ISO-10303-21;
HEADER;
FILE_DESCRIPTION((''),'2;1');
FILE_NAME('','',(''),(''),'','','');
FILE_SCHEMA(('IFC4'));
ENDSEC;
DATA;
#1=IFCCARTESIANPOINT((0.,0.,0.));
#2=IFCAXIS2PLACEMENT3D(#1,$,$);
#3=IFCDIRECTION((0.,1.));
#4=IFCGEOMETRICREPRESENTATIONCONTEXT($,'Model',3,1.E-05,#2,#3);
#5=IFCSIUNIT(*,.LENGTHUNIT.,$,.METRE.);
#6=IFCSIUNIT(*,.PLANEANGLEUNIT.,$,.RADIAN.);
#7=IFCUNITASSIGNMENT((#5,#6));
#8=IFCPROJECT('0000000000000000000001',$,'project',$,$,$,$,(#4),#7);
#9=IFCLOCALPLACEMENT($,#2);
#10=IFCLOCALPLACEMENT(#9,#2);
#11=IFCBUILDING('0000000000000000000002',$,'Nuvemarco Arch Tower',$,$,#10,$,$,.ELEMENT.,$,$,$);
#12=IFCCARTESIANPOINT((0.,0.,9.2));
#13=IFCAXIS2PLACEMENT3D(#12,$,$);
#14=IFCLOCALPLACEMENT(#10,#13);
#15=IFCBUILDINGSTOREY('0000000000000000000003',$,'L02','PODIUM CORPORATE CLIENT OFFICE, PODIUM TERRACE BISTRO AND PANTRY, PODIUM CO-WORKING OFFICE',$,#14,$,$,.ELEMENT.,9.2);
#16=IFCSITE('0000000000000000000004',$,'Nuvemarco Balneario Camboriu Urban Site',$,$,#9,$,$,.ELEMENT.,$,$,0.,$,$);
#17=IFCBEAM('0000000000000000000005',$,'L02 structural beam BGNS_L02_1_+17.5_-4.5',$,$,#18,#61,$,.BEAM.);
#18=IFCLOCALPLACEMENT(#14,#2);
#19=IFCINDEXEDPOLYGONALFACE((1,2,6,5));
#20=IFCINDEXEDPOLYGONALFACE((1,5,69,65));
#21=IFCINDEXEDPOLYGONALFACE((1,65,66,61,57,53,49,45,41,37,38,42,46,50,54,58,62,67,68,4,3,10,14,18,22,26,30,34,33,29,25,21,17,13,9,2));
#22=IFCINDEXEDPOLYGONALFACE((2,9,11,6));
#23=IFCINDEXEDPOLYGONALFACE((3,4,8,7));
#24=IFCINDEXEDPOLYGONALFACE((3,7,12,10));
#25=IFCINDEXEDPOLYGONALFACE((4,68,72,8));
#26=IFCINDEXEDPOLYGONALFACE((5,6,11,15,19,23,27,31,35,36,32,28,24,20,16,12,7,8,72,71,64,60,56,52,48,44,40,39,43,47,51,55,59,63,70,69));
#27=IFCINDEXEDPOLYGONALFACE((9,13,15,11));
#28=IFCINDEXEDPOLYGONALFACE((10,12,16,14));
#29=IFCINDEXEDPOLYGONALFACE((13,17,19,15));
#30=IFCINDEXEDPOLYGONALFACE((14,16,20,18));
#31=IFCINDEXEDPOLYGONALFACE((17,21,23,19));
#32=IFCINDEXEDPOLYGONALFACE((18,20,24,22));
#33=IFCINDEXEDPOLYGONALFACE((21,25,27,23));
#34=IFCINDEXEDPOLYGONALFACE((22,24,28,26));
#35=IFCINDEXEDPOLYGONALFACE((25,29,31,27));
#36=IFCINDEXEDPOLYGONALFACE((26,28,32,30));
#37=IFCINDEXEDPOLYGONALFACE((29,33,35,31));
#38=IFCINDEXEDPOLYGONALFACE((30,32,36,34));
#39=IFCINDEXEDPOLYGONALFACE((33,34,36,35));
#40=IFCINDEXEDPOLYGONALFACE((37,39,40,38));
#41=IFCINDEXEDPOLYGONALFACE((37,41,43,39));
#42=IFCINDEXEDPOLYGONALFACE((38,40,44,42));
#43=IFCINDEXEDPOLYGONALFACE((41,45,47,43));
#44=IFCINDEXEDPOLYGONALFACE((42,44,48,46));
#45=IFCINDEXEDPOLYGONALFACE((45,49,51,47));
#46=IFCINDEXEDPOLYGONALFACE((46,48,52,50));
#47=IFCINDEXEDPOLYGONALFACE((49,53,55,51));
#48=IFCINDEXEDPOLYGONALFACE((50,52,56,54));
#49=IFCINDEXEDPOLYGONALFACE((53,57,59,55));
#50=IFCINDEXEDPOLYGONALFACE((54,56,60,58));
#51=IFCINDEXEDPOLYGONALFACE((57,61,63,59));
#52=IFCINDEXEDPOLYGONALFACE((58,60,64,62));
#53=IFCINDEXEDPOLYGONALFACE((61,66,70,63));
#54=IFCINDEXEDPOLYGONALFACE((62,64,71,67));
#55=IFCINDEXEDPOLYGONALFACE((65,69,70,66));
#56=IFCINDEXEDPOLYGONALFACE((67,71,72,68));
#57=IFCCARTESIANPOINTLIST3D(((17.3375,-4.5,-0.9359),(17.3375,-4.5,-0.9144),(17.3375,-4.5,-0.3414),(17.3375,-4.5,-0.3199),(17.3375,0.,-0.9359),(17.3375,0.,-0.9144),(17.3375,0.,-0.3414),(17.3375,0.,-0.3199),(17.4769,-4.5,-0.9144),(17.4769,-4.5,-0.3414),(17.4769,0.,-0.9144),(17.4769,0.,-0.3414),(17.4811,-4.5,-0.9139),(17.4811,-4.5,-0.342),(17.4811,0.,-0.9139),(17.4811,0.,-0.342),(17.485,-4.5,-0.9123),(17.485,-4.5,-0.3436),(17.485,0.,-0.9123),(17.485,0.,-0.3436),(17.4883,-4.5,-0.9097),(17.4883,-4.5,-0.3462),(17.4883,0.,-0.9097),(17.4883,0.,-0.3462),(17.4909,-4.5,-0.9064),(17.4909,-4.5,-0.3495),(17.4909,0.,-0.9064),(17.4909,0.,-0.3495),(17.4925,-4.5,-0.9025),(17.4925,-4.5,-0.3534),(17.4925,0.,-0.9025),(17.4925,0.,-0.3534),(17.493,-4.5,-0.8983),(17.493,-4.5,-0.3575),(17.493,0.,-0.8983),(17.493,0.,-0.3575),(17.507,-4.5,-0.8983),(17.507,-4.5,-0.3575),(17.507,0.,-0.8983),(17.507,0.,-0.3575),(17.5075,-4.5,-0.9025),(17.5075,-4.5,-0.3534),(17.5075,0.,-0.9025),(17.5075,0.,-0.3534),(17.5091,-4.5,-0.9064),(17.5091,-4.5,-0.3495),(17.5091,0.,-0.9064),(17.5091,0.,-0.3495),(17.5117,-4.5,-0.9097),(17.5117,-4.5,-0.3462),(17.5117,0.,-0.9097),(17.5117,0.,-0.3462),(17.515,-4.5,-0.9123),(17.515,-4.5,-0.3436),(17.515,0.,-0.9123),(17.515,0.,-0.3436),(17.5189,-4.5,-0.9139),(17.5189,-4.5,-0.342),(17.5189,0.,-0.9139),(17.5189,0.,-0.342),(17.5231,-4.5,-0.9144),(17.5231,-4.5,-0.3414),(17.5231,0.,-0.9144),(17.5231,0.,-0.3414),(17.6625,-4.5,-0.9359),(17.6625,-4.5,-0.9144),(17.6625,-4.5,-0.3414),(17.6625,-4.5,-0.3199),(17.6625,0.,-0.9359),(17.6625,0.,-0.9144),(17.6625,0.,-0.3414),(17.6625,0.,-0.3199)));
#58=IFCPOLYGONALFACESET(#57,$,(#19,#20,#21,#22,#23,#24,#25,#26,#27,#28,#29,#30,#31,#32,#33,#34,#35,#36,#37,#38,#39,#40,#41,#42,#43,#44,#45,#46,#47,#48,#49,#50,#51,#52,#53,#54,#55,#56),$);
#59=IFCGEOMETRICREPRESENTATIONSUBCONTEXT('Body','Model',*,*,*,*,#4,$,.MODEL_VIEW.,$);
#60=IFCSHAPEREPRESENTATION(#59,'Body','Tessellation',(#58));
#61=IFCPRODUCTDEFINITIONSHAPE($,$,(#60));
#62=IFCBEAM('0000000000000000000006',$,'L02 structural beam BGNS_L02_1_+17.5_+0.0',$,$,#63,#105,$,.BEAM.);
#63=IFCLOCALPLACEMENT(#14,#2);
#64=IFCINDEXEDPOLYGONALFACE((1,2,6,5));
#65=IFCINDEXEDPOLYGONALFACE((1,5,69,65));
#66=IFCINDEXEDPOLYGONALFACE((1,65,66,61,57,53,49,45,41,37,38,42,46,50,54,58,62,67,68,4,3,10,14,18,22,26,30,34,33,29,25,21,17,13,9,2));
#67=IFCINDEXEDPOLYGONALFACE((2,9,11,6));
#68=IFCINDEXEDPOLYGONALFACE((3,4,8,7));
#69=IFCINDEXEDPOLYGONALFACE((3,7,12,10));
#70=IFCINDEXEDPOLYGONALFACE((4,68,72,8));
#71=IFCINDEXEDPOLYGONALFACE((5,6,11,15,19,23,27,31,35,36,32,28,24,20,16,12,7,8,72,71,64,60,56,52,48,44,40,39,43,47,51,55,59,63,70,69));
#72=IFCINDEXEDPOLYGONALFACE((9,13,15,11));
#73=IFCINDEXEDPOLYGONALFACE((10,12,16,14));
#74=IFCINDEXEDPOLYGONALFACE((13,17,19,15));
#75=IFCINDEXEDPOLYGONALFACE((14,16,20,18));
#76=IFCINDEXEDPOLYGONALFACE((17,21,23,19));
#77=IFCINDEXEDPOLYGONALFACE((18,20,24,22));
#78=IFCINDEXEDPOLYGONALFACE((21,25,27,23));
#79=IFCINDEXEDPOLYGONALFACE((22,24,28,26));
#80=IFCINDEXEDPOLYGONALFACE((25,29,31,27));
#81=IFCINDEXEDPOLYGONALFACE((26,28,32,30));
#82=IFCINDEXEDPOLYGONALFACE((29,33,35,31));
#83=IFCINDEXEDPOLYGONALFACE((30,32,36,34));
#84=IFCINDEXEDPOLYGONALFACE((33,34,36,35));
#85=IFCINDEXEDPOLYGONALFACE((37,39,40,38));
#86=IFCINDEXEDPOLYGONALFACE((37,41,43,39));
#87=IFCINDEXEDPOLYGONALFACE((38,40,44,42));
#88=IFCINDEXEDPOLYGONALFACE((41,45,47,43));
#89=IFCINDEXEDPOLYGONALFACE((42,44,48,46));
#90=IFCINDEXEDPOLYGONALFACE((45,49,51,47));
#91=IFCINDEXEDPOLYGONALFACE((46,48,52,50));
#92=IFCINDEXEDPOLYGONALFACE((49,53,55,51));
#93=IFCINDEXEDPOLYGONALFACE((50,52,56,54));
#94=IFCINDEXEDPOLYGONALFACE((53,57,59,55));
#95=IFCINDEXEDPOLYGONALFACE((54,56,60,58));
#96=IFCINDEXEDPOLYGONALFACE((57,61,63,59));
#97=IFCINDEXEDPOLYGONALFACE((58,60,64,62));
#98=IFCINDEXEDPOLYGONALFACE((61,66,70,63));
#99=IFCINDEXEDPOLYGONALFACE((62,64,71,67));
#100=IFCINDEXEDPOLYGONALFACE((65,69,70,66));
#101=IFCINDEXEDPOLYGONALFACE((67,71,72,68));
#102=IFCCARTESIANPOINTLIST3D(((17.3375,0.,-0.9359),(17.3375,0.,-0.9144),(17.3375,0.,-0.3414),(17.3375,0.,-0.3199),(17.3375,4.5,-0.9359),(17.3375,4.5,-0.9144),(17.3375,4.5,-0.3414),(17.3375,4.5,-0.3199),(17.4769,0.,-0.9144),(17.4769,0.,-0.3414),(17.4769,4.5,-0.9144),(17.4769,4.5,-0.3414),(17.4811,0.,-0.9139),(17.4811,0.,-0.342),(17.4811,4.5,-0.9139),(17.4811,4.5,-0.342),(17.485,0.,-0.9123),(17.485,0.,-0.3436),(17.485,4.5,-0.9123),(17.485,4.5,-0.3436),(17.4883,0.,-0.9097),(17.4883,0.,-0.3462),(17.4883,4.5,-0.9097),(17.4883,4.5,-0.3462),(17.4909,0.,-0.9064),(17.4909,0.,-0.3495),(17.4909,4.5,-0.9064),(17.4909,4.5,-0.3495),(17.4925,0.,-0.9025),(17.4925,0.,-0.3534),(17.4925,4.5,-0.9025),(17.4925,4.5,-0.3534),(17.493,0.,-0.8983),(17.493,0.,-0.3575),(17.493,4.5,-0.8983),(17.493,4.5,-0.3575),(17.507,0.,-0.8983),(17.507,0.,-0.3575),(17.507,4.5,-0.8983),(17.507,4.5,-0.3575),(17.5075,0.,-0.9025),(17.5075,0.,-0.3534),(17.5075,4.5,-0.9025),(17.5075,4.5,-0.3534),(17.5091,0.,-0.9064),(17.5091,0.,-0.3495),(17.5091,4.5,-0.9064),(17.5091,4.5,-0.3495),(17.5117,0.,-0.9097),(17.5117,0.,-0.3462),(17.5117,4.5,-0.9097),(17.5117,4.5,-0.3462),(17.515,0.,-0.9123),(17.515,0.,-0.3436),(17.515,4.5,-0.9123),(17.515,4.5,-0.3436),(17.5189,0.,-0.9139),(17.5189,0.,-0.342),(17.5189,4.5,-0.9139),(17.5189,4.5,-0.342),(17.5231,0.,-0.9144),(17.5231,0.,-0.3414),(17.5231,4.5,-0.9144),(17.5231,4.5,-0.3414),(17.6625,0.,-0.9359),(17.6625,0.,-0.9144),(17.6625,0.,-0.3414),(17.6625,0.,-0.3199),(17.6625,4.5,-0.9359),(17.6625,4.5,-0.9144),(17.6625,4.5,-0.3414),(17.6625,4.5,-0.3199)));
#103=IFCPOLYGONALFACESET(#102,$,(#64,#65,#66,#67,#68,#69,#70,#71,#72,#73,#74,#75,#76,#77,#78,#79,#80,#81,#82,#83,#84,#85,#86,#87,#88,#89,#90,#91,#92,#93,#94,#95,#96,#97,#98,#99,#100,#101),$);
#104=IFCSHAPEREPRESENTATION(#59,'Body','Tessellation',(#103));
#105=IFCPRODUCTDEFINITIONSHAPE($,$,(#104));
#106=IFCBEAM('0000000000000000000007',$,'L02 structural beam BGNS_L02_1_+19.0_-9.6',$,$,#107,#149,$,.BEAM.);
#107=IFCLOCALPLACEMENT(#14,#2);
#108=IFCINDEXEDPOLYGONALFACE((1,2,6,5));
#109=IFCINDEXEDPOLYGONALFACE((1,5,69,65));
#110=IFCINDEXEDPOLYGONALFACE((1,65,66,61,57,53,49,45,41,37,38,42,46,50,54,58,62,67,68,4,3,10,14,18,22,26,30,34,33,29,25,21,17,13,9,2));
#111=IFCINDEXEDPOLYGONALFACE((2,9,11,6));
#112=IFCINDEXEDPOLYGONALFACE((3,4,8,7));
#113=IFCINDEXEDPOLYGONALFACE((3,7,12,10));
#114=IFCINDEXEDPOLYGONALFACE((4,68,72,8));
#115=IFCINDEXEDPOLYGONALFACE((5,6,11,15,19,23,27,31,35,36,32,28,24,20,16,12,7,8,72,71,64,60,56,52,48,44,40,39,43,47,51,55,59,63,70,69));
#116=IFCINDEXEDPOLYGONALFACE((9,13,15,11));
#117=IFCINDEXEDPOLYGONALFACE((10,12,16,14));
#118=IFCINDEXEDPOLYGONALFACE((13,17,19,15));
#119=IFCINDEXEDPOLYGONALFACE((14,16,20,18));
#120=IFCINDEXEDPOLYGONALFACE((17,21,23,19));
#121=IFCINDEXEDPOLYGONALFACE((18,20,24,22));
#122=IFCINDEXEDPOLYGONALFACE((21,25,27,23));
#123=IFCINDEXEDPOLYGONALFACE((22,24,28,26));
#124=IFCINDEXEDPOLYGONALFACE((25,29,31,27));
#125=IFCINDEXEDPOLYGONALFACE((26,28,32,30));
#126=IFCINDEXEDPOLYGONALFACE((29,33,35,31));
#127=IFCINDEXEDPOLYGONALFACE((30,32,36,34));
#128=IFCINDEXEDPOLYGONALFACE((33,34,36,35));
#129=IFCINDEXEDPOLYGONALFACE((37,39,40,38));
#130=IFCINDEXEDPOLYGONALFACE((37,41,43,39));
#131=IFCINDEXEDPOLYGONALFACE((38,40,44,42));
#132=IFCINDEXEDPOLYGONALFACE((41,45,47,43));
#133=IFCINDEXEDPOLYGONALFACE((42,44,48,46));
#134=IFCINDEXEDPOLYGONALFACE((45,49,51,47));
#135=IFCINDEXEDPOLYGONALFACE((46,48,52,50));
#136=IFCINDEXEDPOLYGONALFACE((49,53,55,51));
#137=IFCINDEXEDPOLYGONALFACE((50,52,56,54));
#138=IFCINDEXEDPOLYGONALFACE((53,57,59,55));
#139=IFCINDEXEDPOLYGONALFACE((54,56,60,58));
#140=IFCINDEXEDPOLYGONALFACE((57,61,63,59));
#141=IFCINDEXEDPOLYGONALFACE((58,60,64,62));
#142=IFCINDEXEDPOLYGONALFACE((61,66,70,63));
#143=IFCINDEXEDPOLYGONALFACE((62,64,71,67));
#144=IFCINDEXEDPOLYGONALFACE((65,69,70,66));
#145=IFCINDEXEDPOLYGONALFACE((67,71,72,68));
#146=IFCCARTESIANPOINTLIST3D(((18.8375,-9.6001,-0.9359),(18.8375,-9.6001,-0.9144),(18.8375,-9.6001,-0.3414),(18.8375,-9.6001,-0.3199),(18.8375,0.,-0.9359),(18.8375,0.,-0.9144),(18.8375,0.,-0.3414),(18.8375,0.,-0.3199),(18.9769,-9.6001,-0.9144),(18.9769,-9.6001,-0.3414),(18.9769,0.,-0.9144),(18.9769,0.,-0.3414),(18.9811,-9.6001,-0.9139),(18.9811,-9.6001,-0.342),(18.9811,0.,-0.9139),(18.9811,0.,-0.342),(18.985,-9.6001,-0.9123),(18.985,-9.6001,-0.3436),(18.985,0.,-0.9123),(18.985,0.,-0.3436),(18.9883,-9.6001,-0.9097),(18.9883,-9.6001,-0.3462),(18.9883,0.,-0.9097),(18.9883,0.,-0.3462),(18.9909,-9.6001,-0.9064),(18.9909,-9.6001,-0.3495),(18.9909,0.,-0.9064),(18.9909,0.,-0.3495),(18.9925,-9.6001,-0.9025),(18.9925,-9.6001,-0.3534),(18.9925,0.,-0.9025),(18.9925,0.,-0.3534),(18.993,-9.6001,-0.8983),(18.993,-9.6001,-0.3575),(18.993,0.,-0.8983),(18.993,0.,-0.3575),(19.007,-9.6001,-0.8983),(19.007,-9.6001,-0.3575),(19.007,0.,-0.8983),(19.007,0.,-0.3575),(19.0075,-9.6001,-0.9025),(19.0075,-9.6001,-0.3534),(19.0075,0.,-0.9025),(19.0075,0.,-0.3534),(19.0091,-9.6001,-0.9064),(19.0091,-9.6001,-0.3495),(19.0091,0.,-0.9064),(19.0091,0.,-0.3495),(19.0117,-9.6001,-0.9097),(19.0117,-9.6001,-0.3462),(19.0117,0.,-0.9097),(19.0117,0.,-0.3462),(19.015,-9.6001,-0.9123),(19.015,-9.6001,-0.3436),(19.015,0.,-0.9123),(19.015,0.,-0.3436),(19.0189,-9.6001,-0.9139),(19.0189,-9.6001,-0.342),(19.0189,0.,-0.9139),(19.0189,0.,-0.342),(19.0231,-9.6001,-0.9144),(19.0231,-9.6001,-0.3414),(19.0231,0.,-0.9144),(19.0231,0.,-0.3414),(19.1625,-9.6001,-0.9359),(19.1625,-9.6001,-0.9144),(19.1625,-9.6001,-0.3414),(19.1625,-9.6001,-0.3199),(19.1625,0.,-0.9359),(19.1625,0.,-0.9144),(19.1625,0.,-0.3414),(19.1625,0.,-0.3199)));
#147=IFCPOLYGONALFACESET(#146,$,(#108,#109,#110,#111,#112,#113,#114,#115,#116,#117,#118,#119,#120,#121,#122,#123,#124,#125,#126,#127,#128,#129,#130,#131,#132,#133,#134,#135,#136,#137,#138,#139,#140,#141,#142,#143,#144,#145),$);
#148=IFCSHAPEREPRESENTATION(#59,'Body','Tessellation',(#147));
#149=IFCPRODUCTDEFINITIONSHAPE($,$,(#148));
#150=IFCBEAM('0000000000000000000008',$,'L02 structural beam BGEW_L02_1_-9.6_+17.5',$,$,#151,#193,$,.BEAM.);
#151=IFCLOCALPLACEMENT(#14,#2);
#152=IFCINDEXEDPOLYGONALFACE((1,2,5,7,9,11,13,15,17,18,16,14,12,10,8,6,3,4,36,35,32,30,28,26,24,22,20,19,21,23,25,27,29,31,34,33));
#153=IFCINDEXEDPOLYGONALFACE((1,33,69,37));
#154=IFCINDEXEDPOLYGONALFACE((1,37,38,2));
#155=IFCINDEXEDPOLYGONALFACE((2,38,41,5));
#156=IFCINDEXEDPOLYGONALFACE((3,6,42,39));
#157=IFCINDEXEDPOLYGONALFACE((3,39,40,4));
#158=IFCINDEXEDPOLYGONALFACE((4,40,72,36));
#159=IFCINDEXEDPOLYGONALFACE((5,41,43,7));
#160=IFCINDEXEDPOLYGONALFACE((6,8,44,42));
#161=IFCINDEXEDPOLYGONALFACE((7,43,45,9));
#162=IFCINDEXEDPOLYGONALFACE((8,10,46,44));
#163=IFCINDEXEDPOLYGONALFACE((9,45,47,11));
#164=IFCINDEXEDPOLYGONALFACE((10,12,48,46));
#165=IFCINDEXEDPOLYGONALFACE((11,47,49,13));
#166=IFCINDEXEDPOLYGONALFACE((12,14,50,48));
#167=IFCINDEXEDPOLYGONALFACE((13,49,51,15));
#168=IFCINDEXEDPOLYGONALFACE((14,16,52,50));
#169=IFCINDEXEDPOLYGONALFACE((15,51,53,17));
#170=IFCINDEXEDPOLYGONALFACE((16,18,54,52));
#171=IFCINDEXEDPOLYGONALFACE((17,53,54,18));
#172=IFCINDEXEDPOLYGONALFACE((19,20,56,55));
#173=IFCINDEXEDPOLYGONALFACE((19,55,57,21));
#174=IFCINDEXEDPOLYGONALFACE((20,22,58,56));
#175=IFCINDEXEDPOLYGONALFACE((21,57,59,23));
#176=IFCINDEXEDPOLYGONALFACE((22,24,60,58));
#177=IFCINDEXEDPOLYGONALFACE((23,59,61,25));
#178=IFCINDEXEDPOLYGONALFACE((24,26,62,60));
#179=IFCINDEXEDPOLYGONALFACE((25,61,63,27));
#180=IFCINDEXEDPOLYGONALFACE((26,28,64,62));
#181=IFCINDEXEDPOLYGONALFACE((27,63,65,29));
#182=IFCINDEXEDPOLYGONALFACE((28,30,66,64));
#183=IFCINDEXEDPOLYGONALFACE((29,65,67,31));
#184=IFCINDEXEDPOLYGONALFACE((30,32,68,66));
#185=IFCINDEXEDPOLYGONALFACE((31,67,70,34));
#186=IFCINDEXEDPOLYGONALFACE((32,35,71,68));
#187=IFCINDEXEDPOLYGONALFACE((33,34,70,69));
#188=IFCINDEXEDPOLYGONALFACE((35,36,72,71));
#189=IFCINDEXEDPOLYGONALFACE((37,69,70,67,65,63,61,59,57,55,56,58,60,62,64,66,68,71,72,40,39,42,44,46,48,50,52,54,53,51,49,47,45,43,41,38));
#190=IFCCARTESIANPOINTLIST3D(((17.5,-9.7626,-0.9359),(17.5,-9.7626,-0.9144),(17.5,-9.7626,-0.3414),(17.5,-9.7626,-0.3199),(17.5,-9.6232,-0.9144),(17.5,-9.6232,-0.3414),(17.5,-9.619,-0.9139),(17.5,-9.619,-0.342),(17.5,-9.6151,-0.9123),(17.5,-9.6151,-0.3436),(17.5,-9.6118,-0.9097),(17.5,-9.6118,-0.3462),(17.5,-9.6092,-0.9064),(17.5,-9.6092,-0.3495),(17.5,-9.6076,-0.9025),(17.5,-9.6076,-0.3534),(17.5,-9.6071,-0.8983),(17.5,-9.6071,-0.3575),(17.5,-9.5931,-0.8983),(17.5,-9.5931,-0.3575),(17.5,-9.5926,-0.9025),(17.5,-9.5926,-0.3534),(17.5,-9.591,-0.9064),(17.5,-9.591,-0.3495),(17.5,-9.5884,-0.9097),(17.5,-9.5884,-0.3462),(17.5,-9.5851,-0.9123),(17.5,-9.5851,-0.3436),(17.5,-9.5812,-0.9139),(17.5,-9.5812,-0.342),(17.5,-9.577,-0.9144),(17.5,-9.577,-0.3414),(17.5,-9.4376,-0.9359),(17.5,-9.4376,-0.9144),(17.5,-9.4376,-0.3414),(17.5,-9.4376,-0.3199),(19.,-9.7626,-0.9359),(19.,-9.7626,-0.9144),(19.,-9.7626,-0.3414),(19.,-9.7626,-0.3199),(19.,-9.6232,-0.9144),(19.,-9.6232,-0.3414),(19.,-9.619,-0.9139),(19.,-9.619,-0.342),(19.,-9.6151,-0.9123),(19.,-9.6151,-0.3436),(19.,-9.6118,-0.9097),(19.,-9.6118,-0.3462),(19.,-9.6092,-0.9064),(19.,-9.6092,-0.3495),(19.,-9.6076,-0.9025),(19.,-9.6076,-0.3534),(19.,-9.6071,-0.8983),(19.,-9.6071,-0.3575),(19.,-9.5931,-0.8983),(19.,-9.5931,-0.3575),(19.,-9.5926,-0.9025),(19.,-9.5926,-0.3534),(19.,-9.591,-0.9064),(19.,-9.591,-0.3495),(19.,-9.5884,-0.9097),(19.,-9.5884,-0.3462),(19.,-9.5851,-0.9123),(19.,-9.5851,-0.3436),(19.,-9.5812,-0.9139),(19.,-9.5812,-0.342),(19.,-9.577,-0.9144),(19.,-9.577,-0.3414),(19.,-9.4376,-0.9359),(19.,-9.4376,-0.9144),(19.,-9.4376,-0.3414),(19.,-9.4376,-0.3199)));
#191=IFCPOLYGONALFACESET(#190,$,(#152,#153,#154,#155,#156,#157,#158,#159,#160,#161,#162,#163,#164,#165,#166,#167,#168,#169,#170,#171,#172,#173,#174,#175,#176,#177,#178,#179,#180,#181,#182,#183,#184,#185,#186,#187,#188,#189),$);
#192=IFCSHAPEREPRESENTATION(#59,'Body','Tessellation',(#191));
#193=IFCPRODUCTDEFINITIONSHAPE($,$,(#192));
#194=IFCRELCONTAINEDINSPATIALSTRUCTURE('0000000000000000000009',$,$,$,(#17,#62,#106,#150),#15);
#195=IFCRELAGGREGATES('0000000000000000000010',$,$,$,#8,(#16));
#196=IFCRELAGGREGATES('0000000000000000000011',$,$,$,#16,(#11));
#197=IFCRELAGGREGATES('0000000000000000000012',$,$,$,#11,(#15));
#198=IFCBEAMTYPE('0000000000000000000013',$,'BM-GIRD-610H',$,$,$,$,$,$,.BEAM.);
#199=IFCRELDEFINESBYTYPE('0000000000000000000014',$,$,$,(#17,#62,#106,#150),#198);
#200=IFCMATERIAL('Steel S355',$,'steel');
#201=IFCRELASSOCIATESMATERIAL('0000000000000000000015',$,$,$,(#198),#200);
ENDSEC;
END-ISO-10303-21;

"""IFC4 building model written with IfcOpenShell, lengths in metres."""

from ifc_helpers import new_model, si_unit, direction, frame, origin, origin_2d, place, context, subcontext, project, spatial, i_section, extrude, material, material_profile, profile_set, type_object, element, save


model = new_model("IFC4")

# Units and contexts
model_context = context("Model", 3, precision=1e-05, world=origin(), true_north=direction((0.0, 1.0)))
body_context = subcontext(model_context, "Body", "Model", "MODEL_VIEW")
ifc_project = project(units=[si_unit("LENGTHUNIT", "METRE"), si_unit("PLANEANGLEUNIT", "RADIAN")], contexts=[model_context])

# Site, building, storey
site_placement = place(None, origin())
site = spatial("IfcSite", under=ifc_project, at=site_placement, Name="Nuvemarco Balneario Camboriu Urban Site", CompositionType="ELEMENT", RefElevation=0.0)
building_placement = place(site_placement, origin())
building = spatial("IfcBuilding", under=site, at=building_placement, Name="Nuvemarco Arch Tower", CompositionType="ELEMENT")
storey_placement = place(building_placement, frame((0.0, 0.0, 9.2)))
storey = spatial("IfcBuildingStorey", under=building, at=storey_placement, Name="L02", Description="PODIUM CORPORATE CLIENT OFFICE, PODIUM TERRACE BISTRO AND PANTRY, PODIUM CO-WORKING OFFICE", CompositionType="ELEMENT", Elevation=9.2)

# Beams
ifc_material_1 = material(Name="Steel S355", Category="steel")
ifc_material_profile_1 = material_profile(ifc_material_1, i_section(OverallWidth=0.325, OverallDepth=0.616, WebThickness=0.0139, FlangeThickness=0.0215, FilletRadius=0.0161, at=origin_2d()), Name="W610x174")
ifc_profile_set_1 = profile_set([ifc_material_profile_1], Name="Steel S355")
beam_type_1 = type_object("IfcBeamType", Name="BM-GIRD-610H", PredefinedType="BEAM", material=ifc_profile_set_1)
for number, where, z_axis, x_axis, name in (
    (1, (17.5, -4.5, -0.6279), (0.0, 1.0, 0.0), (-1.0, 0.0, 0.0), "L02 structural beam BGNS_L02_1_+17.5_-4.5"),
    (2, (17.5, 0.0, -0.6279), (0.0, 1.0, 0.0), (-1.0, 0.0, 0.0), "L02 structural beam BGNS_L02_1_+17.5_+0.0"),
):
    element("IfcBeam", number, at=place(storey_placement, frame(where, z_axis=z_axis, x_axis=x_axis)), inside=storey, type_object=beam_type_1, Name=name, PredefinedType="BEAM", context=body_context, shape_type="SweptSolid", body=[
        extrude(i_section(OverallWidth=0.325, OverallDepth=0.616, WebThickness=0.0139, FlangeThickness=0.0215, FilletRadius=0.0161, at=origin_2d()), origin(), (0.0, 0.0, 1.0), 4.5),
    ])
beam_1_placement = place(storey_placement, frame((19.0, -9.6001, -0.6279), z_axis=(0.0, 1.0, 0.0), x_axis=(-1.0, 0.0, 0.0)))
element("IfcBeam", 3, at=beam_1_placement, inside=storey, type_object=beam_type_1, Name="L02 structural beam BGNS_L02_1_+19.0_-9.6", PredefinedType="BEAM", context=body_context, shape_type="SweptSolid", body=[
    extrude(i_section(OverallWidth=0.325, OverallDepth=0.616, WebThickness=0.0139, FlangeThickness=0.0215, FilletRadius=0.0161, at=origin_2d()), origin(), (0.0, 0.0, 1.0), 9.6001),
])
beam_2_placement = place(storey_placement, frame((17.5, -9.6001, -0.6279), z_axis=(1.0, 0.0, 0.0), x_axis=(0.0, 1.0, 0.0)))
element("IfcBeam", 4, at=beam_2_placement, inside=storey, type_object=beam_type_1, Name="L02 structural beam BGEW_L02_1_-9.6_+17.5", PredefinedType="BEAM", context=body_context, shape_type="SweptSolid", body=[
    extrude(i_section(OverallWidth=0.325, OverallDepth=0.616, WebThickness=0.0139, FlangeThickness=0.0215, FilletRadius=0.0161, at=origin_2d()), origin(), (0.0, 0.0, 1.0), 1.5),
])

save(model, "model.ifc")
